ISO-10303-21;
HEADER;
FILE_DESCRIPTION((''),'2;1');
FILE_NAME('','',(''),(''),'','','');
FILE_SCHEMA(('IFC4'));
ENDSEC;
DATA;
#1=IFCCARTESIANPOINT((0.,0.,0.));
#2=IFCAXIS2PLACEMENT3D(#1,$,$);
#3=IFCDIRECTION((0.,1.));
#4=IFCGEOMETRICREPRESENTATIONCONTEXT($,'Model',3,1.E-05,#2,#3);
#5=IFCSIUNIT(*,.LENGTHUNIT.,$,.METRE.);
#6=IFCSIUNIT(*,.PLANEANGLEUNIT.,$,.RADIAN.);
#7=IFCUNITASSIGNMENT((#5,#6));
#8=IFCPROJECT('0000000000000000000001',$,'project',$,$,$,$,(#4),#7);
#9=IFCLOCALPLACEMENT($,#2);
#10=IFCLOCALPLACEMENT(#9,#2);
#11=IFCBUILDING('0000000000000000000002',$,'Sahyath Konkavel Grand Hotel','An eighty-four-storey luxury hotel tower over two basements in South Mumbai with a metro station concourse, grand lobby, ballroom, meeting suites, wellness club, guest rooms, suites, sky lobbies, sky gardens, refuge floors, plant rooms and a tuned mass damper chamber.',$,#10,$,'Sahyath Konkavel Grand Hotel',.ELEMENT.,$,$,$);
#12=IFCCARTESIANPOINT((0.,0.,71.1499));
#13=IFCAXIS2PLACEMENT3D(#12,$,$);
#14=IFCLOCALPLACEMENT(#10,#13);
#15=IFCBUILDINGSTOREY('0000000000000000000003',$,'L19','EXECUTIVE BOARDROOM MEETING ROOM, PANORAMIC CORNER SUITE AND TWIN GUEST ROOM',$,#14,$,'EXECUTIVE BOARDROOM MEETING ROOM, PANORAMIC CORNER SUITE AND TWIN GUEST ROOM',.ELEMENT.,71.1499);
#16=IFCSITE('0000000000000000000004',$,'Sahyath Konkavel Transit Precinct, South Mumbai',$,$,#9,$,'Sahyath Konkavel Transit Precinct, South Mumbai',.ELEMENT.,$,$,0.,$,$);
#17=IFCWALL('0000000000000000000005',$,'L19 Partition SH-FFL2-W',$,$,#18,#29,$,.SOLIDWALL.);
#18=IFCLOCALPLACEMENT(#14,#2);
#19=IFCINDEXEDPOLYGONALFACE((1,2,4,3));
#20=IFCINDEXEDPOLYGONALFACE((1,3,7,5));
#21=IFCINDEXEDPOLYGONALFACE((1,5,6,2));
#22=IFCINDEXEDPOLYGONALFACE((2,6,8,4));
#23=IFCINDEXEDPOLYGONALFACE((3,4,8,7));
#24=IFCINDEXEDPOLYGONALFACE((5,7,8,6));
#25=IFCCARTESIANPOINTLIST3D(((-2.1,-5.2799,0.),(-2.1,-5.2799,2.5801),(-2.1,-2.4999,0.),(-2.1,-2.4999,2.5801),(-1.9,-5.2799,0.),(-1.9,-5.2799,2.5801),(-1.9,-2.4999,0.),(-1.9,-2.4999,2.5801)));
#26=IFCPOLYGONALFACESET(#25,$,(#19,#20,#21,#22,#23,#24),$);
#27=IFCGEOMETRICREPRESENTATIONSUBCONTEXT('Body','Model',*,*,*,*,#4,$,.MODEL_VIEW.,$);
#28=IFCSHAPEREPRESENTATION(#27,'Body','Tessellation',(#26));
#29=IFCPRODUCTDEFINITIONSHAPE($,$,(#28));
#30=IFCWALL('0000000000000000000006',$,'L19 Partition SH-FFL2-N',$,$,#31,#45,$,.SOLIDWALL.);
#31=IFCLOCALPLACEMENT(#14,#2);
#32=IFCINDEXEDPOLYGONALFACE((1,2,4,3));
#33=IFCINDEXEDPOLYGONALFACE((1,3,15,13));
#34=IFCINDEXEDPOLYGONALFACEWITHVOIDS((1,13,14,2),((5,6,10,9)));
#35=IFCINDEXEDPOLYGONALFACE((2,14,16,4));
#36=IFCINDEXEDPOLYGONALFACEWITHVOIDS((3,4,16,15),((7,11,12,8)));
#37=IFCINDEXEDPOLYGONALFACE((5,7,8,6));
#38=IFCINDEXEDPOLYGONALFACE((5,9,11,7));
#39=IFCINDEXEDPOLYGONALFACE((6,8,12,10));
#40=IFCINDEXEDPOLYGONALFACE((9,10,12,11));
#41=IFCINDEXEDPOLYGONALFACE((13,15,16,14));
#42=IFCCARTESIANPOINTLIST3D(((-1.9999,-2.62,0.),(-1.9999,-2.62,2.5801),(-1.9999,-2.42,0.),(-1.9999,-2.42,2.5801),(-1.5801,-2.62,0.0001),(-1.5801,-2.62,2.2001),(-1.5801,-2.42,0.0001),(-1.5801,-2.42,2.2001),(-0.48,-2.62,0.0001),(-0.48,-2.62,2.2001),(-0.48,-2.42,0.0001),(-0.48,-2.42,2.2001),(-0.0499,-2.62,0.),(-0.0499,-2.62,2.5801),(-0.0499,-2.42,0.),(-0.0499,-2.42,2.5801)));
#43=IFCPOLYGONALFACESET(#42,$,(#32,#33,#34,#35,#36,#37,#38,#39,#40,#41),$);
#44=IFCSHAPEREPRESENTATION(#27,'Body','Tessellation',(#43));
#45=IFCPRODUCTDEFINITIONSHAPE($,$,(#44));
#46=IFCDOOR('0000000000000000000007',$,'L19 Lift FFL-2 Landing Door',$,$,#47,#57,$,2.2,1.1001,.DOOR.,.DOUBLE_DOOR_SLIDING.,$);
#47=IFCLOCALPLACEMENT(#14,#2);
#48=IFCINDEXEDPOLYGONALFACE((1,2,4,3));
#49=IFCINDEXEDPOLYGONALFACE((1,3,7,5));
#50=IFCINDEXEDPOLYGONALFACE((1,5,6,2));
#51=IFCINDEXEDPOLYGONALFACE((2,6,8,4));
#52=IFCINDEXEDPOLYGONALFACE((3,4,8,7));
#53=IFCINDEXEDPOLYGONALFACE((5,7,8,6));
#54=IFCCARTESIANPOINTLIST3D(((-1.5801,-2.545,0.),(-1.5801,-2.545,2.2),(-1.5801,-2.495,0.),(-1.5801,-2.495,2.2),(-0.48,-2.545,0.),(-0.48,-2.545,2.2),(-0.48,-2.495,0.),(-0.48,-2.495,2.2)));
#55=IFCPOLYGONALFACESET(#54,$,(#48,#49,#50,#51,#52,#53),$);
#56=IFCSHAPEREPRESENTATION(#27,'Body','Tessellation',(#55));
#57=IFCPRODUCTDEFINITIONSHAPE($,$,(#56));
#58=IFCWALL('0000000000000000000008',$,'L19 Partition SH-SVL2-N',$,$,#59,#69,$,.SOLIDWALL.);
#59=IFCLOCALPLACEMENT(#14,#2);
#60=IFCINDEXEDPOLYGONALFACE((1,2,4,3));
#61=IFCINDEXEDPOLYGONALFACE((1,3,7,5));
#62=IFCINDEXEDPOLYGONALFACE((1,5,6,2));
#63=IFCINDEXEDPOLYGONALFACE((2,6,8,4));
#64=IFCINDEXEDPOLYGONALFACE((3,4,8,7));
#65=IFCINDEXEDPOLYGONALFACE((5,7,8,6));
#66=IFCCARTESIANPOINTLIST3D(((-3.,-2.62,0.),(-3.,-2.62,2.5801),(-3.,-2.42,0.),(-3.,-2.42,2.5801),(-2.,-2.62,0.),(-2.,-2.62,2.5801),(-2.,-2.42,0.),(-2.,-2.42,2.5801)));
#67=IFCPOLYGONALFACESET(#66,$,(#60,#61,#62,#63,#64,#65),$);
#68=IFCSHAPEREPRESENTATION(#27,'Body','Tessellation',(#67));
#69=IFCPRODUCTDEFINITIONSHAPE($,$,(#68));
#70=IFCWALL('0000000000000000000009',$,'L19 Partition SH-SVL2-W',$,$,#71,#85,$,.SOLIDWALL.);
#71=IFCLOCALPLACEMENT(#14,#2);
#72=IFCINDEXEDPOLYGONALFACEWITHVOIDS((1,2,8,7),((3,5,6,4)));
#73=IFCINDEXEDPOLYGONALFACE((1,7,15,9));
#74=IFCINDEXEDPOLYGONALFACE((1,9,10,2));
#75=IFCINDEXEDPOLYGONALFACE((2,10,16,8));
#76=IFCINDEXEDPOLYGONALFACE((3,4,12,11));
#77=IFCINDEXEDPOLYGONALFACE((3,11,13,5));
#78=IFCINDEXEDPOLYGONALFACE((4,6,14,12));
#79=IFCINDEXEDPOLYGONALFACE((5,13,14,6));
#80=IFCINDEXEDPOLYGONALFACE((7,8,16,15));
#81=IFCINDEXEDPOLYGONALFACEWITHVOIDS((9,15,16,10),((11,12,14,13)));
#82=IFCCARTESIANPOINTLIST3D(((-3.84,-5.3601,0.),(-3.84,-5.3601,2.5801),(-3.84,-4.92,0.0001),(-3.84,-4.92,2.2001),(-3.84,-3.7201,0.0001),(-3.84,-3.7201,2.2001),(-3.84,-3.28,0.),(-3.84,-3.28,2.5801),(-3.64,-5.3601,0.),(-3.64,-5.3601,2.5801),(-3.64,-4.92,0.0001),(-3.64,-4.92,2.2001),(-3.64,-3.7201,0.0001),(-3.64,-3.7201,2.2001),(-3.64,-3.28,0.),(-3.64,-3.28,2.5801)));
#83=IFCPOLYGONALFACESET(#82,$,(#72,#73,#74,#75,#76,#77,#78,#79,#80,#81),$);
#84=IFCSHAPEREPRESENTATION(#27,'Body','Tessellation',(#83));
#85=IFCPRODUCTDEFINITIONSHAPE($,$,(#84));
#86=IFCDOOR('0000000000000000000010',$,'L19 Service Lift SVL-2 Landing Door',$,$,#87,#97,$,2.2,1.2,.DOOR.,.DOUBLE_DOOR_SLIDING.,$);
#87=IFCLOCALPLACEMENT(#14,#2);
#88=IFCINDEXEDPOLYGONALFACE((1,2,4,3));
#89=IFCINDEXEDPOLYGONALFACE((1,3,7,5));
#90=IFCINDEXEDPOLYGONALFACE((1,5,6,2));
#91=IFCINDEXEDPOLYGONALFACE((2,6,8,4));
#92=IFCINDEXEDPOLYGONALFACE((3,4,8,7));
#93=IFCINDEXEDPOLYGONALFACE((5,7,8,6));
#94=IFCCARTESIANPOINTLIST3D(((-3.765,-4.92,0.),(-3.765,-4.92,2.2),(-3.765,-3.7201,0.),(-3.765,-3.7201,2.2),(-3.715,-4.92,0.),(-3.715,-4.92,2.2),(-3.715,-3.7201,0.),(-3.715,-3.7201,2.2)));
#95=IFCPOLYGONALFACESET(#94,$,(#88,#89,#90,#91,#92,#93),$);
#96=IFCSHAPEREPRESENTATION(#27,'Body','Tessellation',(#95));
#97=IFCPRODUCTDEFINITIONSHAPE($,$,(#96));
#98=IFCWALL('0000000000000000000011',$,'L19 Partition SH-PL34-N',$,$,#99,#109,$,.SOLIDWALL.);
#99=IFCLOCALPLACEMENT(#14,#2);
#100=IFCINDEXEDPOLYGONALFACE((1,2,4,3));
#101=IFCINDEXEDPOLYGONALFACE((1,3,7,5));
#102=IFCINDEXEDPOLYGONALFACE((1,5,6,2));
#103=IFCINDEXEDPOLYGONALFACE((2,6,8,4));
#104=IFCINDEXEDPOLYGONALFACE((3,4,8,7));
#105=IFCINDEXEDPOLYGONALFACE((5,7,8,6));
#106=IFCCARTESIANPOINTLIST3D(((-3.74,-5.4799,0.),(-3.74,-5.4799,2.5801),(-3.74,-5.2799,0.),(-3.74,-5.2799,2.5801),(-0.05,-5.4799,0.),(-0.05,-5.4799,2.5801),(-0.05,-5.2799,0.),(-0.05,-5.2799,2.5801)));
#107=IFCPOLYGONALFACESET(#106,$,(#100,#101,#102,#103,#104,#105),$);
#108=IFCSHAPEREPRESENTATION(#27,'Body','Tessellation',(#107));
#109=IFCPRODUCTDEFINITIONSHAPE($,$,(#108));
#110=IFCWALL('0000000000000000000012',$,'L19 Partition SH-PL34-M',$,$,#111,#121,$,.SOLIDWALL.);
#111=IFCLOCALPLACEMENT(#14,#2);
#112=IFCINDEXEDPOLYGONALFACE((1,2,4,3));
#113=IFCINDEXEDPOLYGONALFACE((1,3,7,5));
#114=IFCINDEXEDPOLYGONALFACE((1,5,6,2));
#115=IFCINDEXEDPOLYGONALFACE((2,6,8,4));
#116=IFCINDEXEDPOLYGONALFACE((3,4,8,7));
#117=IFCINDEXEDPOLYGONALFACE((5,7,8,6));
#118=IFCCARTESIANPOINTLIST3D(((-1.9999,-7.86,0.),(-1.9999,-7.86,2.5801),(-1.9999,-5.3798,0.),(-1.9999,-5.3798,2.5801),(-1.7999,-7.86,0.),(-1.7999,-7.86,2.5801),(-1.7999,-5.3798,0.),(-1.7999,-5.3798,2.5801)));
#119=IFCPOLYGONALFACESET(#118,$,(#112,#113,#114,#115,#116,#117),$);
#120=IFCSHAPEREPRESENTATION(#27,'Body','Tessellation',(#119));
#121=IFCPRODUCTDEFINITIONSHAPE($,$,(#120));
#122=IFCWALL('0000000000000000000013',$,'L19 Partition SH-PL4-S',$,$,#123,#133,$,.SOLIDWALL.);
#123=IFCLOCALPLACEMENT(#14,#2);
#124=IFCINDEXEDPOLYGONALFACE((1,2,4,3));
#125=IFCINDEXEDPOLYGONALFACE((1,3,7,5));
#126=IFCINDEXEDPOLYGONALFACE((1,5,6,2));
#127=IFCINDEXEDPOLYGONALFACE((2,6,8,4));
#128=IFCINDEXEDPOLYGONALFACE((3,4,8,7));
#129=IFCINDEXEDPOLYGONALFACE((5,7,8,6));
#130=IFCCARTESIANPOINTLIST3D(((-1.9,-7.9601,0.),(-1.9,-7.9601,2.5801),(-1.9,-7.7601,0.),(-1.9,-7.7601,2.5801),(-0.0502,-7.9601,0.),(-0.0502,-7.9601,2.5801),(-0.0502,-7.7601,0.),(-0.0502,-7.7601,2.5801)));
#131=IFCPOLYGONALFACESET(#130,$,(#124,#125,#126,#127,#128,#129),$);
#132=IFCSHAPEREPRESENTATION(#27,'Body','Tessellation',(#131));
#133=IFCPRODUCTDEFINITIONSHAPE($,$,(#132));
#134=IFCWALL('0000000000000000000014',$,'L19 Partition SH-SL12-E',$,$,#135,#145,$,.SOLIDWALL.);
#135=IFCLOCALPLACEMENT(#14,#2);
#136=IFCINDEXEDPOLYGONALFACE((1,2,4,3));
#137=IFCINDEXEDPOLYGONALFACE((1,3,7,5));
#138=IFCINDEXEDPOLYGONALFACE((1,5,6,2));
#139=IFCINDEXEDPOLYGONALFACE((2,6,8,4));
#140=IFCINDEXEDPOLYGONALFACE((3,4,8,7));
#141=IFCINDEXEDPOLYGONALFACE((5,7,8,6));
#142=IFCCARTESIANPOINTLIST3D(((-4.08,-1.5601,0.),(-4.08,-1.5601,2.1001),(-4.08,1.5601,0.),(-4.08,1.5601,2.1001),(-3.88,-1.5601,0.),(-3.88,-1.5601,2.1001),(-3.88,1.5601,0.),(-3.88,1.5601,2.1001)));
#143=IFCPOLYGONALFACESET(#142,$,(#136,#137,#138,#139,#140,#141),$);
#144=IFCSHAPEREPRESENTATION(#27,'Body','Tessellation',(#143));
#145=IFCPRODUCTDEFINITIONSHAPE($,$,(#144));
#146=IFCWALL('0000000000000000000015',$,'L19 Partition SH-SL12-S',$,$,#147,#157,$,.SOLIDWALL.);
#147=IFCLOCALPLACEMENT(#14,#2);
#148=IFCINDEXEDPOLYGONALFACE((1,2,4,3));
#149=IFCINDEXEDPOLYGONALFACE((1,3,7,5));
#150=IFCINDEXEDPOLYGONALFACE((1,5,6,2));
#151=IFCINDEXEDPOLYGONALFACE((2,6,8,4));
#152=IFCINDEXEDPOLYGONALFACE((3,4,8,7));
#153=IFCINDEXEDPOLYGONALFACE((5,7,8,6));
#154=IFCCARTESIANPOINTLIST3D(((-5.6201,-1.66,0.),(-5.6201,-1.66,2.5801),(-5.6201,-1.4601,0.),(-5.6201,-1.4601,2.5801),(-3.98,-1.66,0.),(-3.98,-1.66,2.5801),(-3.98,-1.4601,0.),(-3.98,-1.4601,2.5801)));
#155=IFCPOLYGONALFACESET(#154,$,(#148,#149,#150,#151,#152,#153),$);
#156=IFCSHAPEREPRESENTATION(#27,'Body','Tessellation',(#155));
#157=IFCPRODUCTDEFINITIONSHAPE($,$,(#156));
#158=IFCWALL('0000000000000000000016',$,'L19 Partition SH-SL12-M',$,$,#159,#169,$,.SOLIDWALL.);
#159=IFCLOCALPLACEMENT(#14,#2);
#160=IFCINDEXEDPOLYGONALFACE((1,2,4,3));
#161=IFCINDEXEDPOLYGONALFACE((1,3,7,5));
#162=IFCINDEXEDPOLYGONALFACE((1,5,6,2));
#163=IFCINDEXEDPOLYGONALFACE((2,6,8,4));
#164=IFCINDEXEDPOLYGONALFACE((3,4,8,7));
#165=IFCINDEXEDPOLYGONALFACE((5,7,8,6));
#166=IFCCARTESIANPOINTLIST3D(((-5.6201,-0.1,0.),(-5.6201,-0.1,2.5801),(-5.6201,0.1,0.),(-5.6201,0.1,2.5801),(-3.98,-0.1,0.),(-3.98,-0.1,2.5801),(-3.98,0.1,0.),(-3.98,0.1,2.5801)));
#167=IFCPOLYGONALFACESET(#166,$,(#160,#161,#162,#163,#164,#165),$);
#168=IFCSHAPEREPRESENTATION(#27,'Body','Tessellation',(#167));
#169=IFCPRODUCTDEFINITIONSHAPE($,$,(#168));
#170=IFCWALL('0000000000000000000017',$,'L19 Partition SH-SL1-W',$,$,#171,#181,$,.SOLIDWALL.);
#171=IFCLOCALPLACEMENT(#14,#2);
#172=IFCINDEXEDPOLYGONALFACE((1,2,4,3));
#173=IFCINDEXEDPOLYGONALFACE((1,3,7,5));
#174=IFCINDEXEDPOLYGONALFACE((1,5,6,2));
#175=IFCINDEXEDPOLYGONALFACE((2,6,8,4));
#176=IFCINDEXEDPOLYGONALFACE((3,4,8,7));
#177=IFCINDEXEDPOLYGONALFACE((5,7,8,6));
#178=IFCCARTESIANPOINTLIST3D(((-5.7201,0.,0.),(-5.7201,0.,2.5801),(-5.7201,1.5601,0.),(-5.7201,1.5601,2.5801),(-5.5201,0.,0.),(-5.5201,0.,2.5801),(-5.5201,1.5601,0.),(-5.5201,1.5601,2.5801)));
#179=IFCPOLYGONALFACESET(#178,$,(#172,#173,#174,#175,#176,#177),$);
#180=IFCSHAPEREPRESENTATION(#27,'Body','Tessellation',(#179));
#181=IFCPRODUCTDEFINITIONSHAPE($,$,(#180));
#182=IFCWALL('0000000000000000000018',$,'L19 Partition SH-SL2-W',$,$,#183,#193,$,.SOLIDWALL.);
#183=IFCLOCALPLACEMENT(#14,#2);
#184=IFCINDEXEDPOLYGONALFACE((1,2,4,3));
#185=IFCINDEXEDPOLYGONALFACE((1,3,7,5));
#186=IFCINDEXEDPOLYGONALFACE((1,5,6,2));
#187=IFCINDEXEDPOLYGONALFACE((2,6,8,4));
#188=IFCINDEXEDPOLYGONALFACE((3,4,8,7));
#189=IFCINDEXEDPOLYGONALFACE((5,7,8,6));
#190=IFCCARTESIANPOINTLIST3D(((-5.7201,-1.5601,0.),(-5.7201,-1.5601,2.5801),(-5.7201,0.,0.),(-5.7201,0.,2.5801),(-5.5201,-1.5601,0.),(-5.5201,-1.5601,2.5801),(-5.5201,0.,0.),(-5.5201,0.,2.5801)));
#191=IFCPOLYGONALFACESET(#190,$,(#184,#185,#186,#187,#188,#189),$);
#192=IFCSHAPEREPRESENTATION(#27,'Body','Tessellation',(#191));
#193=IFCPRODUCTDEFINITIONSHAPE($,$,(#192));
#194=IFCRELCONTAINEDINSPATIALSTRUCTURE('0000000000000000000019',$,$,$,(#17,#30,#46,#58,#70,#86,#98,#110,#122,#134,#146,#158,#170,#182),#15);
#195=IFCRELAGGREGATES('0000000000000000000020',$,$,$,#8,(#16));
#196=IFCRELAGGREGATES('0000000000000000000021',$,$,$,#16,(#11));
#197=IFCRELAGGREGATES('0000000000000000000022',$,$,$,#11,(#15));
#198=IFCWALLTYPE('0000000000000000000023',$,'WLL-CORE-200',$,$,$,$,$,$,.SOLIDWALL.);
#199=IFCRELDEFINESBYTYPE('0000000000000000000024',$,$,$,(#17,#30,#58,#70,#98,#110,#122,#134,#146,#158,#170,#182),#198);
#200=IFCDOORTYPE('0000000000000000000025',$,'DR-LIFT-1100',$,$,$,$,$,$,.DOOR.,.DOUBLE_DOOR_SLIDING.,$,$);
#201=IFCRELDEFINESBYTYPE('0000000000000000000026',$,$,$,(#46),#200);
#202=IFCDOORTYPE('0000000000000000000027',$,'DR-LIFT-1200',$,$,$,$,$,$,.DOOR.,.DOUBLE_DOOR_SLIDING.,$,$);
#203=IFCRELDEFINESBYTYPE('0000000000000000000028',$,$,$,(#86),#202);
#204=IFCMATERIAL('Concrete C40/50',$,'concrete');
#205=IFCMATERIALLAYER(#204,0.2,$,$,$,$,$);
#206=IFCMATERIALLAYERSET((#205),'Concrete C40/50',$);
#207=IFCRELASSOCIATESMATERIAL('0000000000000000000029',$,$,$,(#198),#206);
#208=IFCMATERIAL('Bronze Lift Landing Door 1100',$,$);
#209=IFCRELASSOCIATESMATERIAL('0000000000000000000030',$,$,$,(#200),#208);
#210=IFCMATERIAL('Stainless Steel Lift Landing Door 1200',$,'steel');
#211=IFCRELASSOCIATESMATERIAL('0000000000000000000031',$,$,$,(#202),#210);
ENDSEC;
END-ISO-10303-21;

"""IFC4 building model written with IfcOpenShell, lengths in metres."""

from ifc_helpers import new_model, si_unit, direction, frame, frame_2d, origin, origin_2d, place, context, subcontext, project, spatial, rectangle, extrude, source, transform, mapped, material, layer, layer_set, type_object, element, fill, save


model = new_model("IFC4")

# Units and contexts
model_context = context("Model", 3, precision=1e-05, world=origin(), true_north=direction((0.0, 1.0)))
body_context = subcontext(model_context, "Body", "Model", "MODEL_VIEW")
ifc_project = project(units=[si_unit("LENGTHUNIT", "METRE"), si_unit("PLANEANGLEUNIT", "RADIAN")], contexts=[model_context])

# Site, building, storey
site_placement = place(None, origin())
site = spatial("IfcSite", under=ifc_project, at=site_placement, Name="Sahyath Konkavel Transit Precinct, South Mumbai", LongName="Sahyath Konkavel Transit Precinct, South Mumbai", CompositionType="ELEMENT", RefElevation=0.0)
building_placement = place(site_placement, origin())
building = spatial("IfcBuilding", under=site, at=building_placement, Name="Sahyath Konkavel Grand Hotel", Description="An eighty-four-storey luxury hotel tower over two basements in South Mumbai with a metro station concourse, grand lobby, ballroom, meeting suites, wellness club, guest rooms, suites, sky lobbies, sky gardens, refuge floors, plant rooms and a tuned mass damper chamber.", LongName="Sahyath Konkavel Grand Hotel", CompositionType="ELEMENT")
storey_placement = place(building_placement, frame((0.0, 0.0, 71.1499)))
storey = spatial("IfcBuildingStorey", under=building, at=storey_placement, Name="L19", Description="EXECUTIVE BOARDROOM MEETING ROOM, PANORAMIC CORNER SUITE AND TWIN GUEST ROOM", LongName="EXECUTIVE BOARDROOM MEETING ROOM, PANORAMIC CORNER SUITE AND TWIN GUEST ROOM", CompositionType="ELEMENT", Elevation=71.1499)

# Shared definitions
ifc_material_1 = material(Name="Concrete C40/50", Category="concrete")

# Wall
ifc_layer_1 = layer(ifc_material_1, 0.2)
ifc_layer_set_1 = layer_set([ifc_layer_1], Name="Concrete C40/50")
wall_type_1 = type_object("IfcWallType", Name="WLL-CORE-200", PredefinedType="SOLIDWALL", material=ifc_layer_set_1)
wall_1_placement = place(storey_placement, frame((-2.0, -5.28, 0.0), z_axis=(0.0, 0.0, 1.0), x_axis=(0.0, 1.0, 0.0)))
element("IfcWall", 1, at=wall_1_placement, inside=storey, type_object=wall_type_1, Name="L19 Partition SH-FFL2-W", PredefinedType="SOLIDWALL", context=body_context, shape_type="SweptSolid", body=[
    extrude(rectangle(XDim=2.78, YDim=0.2, at=frame_2d((1.3901, 0.0))), origin(), (0.0, 0.0, 1.0), 2.5801),
])

# Wall, opening, door
wall_2_placement = place(storey_placement, frame((-2.0, -2.52, 0.0), z_axis=(0.0, 0.0, 1.0), x_axis=(1.0, 0.0, 0.0)))
wall_2 = element("IfcWall", 2, at=wall_2_placement, inside=storey, type_object=wall_type_1, Name="L19 Partition SH-FFL2-N", PredefinedType="SOLIDWALL", context=body_context, shape_type="SweptSolid", body=[
    extrude(rectangle(XDim=1.95, YDim=0.2, at=frame_2d((0.9751, 0.0))), origin(), (0.0, 0.0, 1.0), 2.5801),
])
opening_1_placement = place(wall_2_placement, frame((0.4199, 0.0, 0.0)))
opening_1 = element("IfcOpeningElement", 3, at=opening_1_placement, cuts=wall_2, PredefinedType="OPENING", context=body_context, shape_type="SweptSolid", body=[
    extrude(rectangle(XDim=1.1001, YDim=2.2, at=frame_2d((0.55, 1.1001))), frame((0.0, 0.1099, 0.0), z_axis=(0.0, -1.0, 0.0), x_axis=(1.0, 0.0, 0.0)), (0.0, 0.0, 1.0), 0.22),
])
ifc_material_2 = material(Name="Bronze Lift Landing Door 1100")
door_type_1 = type_object("IfcDoorType", Name="DR-LIFT-1100", OperationType="DOUBLE_DOOR_SLIDING", PredefinedType="DOOR", material=ifc_material_2)
shared_shape_1 = source(origin(), body_context, "Body", "SweptSolid", [
    extrude(rectangle(XDim=1.1001, YDim=0.05, at=origin_2d()), origin(), (0.0, 0.0, 1.0), 2.2),
])
door_1_placement = place(opening_1_placement, frame((0.55, 0.0, 0.0)))
door_1 = element("IfcDoor", 4, at=door_1_placement, inside=storey, type_object=door_type_1, Name="L19 Lift FFL-2 Landing Door", OperationType="DOUBLE_DOOR_SLIDING", OverallHeight=2.2, OverallWidth=1.1001, PredefinedType="DOOR", context=body_context, shape_type="MappedRepresentation", body=[
    mapped(shared_shape_1, transform((0.0, 0.0, 0.0), scale=1.0)),
])
fill(opening_1, door_1)

# Wall
wall_3_placement = place(storey_placement, frame((-3.0, -2.52, 0.0), z_axis=(0.0, 0.0, 1.0), x_axis=(1.0, 0.0, 0.0)))
element("IfcWall", 5, at=wall_3_placement, inside=storey, type_object=wall_type_1, Name="L19 Partition SH-SVL2-N", PredefinedType="SOLIDWALL", context=body_context, shape_type="SweptSolid", body=[
    extrude(rectangle(XDim=1.0, YDim=0.2, at=frame_2d((0.5, 0.0))), origin(), (0.0, 0.0, 1.0), 2.5801),
])

# Wall, opening, door
wall_4_placement = place(storey_placement, frame((-3.74, -5.3601, 0.0), z_axis=(0.0, 0.0, 1.0), x_axis=(0.0, 1.0, 0.0)))
wall_4 = element("IfcWall", 6, at=wall_4_placement, inside=storey, type_object=wall_type_1, Name="L19 Partition SH-SVL2-W", PredefinedType="SOLIDWALL", context=body_context, shape_type="SweptSolid", body=[
    extrude(rectangle(XDim=2.0801, YDim=0.2, at=frame_2d((1.04, 0.0))), origin(), (0.0, 0.0, 1.0), 2.5801),
])
opening_2_placement = place(wall_4_placement, frame((0.4399, 0.0, 0.0)))
opening_2 = element("IfcOpeningElement", 7, at=opening_2_placement, cuts=wall_4, PredefinedType="OPENING", context=body_context, shape_type="SweptSolid", body=[
    extrude(rectangle(XDim=1.2, YDim=2.2, at=frame_2d((0.6001, 1.1001))), frame((0.0, 0.1099, 0.0), z_axis=(0.0, -1.0, 0.0), x_axis=(1.0, 0.0, 0.0)), (0.0, 0.0, 1.0), 0.22),
])
ifc_material_3 = material(Name="Stainless Steel Lift Landing Door 1200", Category="steel")
door_type_2 = type_object("IfcDoorType", Name="DR-LIFT-1200", OperationType="DOUBLE_DOOR_SLIDING", PredefinedType="DOOR", material=ifc_material_3)
shared_shape_2 = source(origin(), body_context, "Body", "SweptSolid", [
    extrude(rectangle(XDim=1.2, YDim=0.05, at=origin_2d()), origin(), (0.0, 0.0, 1.0), 2.2),
])
door_2_placement = place(opening_2_placement, frame((0.6001, 0.0, 0.0)))
door_2 = element("IfcDoor", 8, at=door_2_placement, inside=storey, type_object=door_type_2, Name="L19 Service Lift SVL-2 Landing Door", OperationType="DOUBLE_DOOR_SLIDING", OverallHeight=2.2, OverallWidth=1.2, PredefinedType="DOOR", context=body_context, shape_type="MappedRepresentation", body=[
    mapped(shared_shape_2, transform((0.0, 0.0, 0.0), scale=1.0)),
])
fill(opening_2, door_2)

# Walls
wall_5_placement = place(storey_placement, frame((-3.74, -5.3799, 0.0), z_axis=(0.0, 0.0, 1.0), x_axis=(1.0, 0.0, 0.0)))
element("IfcWall", 9, at=wall_5_placement, inside=storey, type_object=wall_type_1, Name="L19 Partition SH-PL34-N", PredefinedType="SOLIDWALL", context=body_context, shape_type="SweptSolid", body=[
    extrude(rectangle(XDim=3.6899, YDim=0.2, at=frame_2d((1.845, 0.0))), origin(), (0.0, 0.0, 1.0), 2.5801),
])
wall_6_placement = place(storey_placement, frame((-1.8999, -7.8601, 0.0), z_axis=(0.0, 0.0, 1.0), x_axis=(0.0, 1.0, 0.0)))
element("IfcWall", 10, at=wall_6_placement, inside=storey, type_object=wall_type_1, Name="L19 Partition SH-PL34-M", PredefinedType="SOLIDWALL", context=body_context, shape_type="SweptSolid", body=[
    extrude(rectangle(XDim=2.4802, YDim=0.2, at=frame_2d((1.2402, 0.0))), origin(), (0.0, 0.0, 1.0), 2.5801),
])
wall_7_placement = place(storey_placement, frame((-1.8999, -7.8601, 0.0), z_axis=(0.0, 0.0, 1.0), x_axis=(1.0, 0.0, 0.0)))
element("IfcWall", 11, at=wall_7_placement, inside=storey, type_object=wall_type_1, Name="L19 Partition SH-PL4-S", PredefinedType="SOLIDWALL", context=body_context, shape_type="SweptSolid", body=[
    extrude(rectangle(XDim=1.8499, YDim=0.2, at=frame_2d((0.9248, 0.0))), origin(), (0.0, 0.0, 1.0), 2.5801),
])
wall_8_placement = place(storey_placement, frame((-3.98, -1.5601, 0.0), z_axis=(0.0, 0.0, 1.0), x_axis=(0.0, 1.0, 0.0)))
element("IfcWall", 12, at=wall_8_placement, inside=storey, type_object=wall_type_1, Name="L19 Partition SH-SL12-E", PredefinedType="SOLIDWALL", context=body_context, shape_type="SweptSolid", body=[
    extrude(rectangle(XDim=3.1201, YDim=0.2, at=frame_2d((1.5601, 0.0))), origin(), (0.0, 0.0, 1.0), 2.1001),
])
for number, where, z_axis, x_axis, name in (
    (13, (-5.6201, -1.5601, 0.0), (0.0, 0.0, 1.0), (1.0, 0.0, 0.0), "L19 Partition SH-SL12-S"),
    (14, (-5.6201, 0.0, 0.0), (0.0, 0.0, 1.0), (1.0, 0.0, 0.0), "L19 Partition SH-SL12-M"),
):
    element("IfcWall", number, at=place(storey_placement, frame(where, z_axis=z_axis, x_axis=x_axis)), inside=storey, type_object=wall_type_1, Name=name, PredefinedType="SOLIDWALL", context=body_context, shape_type="SweptSolid", body=[
        extrude(rectangle(XDim=1.6401, YDim=0.2, at=frame_2d((0.8201, 0.0))), origin(), (0.0, 0.0, 1.0), 2.5801),
    ])
for number, where, z_axis, x_axis, name in (
    (15, (-5.6201, 0.0, 0.0), (0.0, 0.0, 1.0), (0.0, 1.0, 0.0), "L19 Partition SH-SL1-W"),
    (16, (-5.6201, -1.5601, 0.0), (0.0, 0.0, 1.0), (0.0, 1.0, 0.0), "L19 Partition SH-SL2-W"),
):
    element("IfcWall", number, at=place(storey_placement, frame(where, z_axis=z_axis, x_axis=x_axis)), inside=storey, type_object=wall_type_1, Name=name, PredefinedType="SOLIDWALL", context=body_context, shape_type="SweptSolid", body=[
        extrude(rectangle(XDim=1.5601, YDim=0.2, at=frame_2d((0.78, 0.0))), origin(), (0.0, 0.0, 1.0), 2.5801),
    ])

save(model, "model.ifc")
